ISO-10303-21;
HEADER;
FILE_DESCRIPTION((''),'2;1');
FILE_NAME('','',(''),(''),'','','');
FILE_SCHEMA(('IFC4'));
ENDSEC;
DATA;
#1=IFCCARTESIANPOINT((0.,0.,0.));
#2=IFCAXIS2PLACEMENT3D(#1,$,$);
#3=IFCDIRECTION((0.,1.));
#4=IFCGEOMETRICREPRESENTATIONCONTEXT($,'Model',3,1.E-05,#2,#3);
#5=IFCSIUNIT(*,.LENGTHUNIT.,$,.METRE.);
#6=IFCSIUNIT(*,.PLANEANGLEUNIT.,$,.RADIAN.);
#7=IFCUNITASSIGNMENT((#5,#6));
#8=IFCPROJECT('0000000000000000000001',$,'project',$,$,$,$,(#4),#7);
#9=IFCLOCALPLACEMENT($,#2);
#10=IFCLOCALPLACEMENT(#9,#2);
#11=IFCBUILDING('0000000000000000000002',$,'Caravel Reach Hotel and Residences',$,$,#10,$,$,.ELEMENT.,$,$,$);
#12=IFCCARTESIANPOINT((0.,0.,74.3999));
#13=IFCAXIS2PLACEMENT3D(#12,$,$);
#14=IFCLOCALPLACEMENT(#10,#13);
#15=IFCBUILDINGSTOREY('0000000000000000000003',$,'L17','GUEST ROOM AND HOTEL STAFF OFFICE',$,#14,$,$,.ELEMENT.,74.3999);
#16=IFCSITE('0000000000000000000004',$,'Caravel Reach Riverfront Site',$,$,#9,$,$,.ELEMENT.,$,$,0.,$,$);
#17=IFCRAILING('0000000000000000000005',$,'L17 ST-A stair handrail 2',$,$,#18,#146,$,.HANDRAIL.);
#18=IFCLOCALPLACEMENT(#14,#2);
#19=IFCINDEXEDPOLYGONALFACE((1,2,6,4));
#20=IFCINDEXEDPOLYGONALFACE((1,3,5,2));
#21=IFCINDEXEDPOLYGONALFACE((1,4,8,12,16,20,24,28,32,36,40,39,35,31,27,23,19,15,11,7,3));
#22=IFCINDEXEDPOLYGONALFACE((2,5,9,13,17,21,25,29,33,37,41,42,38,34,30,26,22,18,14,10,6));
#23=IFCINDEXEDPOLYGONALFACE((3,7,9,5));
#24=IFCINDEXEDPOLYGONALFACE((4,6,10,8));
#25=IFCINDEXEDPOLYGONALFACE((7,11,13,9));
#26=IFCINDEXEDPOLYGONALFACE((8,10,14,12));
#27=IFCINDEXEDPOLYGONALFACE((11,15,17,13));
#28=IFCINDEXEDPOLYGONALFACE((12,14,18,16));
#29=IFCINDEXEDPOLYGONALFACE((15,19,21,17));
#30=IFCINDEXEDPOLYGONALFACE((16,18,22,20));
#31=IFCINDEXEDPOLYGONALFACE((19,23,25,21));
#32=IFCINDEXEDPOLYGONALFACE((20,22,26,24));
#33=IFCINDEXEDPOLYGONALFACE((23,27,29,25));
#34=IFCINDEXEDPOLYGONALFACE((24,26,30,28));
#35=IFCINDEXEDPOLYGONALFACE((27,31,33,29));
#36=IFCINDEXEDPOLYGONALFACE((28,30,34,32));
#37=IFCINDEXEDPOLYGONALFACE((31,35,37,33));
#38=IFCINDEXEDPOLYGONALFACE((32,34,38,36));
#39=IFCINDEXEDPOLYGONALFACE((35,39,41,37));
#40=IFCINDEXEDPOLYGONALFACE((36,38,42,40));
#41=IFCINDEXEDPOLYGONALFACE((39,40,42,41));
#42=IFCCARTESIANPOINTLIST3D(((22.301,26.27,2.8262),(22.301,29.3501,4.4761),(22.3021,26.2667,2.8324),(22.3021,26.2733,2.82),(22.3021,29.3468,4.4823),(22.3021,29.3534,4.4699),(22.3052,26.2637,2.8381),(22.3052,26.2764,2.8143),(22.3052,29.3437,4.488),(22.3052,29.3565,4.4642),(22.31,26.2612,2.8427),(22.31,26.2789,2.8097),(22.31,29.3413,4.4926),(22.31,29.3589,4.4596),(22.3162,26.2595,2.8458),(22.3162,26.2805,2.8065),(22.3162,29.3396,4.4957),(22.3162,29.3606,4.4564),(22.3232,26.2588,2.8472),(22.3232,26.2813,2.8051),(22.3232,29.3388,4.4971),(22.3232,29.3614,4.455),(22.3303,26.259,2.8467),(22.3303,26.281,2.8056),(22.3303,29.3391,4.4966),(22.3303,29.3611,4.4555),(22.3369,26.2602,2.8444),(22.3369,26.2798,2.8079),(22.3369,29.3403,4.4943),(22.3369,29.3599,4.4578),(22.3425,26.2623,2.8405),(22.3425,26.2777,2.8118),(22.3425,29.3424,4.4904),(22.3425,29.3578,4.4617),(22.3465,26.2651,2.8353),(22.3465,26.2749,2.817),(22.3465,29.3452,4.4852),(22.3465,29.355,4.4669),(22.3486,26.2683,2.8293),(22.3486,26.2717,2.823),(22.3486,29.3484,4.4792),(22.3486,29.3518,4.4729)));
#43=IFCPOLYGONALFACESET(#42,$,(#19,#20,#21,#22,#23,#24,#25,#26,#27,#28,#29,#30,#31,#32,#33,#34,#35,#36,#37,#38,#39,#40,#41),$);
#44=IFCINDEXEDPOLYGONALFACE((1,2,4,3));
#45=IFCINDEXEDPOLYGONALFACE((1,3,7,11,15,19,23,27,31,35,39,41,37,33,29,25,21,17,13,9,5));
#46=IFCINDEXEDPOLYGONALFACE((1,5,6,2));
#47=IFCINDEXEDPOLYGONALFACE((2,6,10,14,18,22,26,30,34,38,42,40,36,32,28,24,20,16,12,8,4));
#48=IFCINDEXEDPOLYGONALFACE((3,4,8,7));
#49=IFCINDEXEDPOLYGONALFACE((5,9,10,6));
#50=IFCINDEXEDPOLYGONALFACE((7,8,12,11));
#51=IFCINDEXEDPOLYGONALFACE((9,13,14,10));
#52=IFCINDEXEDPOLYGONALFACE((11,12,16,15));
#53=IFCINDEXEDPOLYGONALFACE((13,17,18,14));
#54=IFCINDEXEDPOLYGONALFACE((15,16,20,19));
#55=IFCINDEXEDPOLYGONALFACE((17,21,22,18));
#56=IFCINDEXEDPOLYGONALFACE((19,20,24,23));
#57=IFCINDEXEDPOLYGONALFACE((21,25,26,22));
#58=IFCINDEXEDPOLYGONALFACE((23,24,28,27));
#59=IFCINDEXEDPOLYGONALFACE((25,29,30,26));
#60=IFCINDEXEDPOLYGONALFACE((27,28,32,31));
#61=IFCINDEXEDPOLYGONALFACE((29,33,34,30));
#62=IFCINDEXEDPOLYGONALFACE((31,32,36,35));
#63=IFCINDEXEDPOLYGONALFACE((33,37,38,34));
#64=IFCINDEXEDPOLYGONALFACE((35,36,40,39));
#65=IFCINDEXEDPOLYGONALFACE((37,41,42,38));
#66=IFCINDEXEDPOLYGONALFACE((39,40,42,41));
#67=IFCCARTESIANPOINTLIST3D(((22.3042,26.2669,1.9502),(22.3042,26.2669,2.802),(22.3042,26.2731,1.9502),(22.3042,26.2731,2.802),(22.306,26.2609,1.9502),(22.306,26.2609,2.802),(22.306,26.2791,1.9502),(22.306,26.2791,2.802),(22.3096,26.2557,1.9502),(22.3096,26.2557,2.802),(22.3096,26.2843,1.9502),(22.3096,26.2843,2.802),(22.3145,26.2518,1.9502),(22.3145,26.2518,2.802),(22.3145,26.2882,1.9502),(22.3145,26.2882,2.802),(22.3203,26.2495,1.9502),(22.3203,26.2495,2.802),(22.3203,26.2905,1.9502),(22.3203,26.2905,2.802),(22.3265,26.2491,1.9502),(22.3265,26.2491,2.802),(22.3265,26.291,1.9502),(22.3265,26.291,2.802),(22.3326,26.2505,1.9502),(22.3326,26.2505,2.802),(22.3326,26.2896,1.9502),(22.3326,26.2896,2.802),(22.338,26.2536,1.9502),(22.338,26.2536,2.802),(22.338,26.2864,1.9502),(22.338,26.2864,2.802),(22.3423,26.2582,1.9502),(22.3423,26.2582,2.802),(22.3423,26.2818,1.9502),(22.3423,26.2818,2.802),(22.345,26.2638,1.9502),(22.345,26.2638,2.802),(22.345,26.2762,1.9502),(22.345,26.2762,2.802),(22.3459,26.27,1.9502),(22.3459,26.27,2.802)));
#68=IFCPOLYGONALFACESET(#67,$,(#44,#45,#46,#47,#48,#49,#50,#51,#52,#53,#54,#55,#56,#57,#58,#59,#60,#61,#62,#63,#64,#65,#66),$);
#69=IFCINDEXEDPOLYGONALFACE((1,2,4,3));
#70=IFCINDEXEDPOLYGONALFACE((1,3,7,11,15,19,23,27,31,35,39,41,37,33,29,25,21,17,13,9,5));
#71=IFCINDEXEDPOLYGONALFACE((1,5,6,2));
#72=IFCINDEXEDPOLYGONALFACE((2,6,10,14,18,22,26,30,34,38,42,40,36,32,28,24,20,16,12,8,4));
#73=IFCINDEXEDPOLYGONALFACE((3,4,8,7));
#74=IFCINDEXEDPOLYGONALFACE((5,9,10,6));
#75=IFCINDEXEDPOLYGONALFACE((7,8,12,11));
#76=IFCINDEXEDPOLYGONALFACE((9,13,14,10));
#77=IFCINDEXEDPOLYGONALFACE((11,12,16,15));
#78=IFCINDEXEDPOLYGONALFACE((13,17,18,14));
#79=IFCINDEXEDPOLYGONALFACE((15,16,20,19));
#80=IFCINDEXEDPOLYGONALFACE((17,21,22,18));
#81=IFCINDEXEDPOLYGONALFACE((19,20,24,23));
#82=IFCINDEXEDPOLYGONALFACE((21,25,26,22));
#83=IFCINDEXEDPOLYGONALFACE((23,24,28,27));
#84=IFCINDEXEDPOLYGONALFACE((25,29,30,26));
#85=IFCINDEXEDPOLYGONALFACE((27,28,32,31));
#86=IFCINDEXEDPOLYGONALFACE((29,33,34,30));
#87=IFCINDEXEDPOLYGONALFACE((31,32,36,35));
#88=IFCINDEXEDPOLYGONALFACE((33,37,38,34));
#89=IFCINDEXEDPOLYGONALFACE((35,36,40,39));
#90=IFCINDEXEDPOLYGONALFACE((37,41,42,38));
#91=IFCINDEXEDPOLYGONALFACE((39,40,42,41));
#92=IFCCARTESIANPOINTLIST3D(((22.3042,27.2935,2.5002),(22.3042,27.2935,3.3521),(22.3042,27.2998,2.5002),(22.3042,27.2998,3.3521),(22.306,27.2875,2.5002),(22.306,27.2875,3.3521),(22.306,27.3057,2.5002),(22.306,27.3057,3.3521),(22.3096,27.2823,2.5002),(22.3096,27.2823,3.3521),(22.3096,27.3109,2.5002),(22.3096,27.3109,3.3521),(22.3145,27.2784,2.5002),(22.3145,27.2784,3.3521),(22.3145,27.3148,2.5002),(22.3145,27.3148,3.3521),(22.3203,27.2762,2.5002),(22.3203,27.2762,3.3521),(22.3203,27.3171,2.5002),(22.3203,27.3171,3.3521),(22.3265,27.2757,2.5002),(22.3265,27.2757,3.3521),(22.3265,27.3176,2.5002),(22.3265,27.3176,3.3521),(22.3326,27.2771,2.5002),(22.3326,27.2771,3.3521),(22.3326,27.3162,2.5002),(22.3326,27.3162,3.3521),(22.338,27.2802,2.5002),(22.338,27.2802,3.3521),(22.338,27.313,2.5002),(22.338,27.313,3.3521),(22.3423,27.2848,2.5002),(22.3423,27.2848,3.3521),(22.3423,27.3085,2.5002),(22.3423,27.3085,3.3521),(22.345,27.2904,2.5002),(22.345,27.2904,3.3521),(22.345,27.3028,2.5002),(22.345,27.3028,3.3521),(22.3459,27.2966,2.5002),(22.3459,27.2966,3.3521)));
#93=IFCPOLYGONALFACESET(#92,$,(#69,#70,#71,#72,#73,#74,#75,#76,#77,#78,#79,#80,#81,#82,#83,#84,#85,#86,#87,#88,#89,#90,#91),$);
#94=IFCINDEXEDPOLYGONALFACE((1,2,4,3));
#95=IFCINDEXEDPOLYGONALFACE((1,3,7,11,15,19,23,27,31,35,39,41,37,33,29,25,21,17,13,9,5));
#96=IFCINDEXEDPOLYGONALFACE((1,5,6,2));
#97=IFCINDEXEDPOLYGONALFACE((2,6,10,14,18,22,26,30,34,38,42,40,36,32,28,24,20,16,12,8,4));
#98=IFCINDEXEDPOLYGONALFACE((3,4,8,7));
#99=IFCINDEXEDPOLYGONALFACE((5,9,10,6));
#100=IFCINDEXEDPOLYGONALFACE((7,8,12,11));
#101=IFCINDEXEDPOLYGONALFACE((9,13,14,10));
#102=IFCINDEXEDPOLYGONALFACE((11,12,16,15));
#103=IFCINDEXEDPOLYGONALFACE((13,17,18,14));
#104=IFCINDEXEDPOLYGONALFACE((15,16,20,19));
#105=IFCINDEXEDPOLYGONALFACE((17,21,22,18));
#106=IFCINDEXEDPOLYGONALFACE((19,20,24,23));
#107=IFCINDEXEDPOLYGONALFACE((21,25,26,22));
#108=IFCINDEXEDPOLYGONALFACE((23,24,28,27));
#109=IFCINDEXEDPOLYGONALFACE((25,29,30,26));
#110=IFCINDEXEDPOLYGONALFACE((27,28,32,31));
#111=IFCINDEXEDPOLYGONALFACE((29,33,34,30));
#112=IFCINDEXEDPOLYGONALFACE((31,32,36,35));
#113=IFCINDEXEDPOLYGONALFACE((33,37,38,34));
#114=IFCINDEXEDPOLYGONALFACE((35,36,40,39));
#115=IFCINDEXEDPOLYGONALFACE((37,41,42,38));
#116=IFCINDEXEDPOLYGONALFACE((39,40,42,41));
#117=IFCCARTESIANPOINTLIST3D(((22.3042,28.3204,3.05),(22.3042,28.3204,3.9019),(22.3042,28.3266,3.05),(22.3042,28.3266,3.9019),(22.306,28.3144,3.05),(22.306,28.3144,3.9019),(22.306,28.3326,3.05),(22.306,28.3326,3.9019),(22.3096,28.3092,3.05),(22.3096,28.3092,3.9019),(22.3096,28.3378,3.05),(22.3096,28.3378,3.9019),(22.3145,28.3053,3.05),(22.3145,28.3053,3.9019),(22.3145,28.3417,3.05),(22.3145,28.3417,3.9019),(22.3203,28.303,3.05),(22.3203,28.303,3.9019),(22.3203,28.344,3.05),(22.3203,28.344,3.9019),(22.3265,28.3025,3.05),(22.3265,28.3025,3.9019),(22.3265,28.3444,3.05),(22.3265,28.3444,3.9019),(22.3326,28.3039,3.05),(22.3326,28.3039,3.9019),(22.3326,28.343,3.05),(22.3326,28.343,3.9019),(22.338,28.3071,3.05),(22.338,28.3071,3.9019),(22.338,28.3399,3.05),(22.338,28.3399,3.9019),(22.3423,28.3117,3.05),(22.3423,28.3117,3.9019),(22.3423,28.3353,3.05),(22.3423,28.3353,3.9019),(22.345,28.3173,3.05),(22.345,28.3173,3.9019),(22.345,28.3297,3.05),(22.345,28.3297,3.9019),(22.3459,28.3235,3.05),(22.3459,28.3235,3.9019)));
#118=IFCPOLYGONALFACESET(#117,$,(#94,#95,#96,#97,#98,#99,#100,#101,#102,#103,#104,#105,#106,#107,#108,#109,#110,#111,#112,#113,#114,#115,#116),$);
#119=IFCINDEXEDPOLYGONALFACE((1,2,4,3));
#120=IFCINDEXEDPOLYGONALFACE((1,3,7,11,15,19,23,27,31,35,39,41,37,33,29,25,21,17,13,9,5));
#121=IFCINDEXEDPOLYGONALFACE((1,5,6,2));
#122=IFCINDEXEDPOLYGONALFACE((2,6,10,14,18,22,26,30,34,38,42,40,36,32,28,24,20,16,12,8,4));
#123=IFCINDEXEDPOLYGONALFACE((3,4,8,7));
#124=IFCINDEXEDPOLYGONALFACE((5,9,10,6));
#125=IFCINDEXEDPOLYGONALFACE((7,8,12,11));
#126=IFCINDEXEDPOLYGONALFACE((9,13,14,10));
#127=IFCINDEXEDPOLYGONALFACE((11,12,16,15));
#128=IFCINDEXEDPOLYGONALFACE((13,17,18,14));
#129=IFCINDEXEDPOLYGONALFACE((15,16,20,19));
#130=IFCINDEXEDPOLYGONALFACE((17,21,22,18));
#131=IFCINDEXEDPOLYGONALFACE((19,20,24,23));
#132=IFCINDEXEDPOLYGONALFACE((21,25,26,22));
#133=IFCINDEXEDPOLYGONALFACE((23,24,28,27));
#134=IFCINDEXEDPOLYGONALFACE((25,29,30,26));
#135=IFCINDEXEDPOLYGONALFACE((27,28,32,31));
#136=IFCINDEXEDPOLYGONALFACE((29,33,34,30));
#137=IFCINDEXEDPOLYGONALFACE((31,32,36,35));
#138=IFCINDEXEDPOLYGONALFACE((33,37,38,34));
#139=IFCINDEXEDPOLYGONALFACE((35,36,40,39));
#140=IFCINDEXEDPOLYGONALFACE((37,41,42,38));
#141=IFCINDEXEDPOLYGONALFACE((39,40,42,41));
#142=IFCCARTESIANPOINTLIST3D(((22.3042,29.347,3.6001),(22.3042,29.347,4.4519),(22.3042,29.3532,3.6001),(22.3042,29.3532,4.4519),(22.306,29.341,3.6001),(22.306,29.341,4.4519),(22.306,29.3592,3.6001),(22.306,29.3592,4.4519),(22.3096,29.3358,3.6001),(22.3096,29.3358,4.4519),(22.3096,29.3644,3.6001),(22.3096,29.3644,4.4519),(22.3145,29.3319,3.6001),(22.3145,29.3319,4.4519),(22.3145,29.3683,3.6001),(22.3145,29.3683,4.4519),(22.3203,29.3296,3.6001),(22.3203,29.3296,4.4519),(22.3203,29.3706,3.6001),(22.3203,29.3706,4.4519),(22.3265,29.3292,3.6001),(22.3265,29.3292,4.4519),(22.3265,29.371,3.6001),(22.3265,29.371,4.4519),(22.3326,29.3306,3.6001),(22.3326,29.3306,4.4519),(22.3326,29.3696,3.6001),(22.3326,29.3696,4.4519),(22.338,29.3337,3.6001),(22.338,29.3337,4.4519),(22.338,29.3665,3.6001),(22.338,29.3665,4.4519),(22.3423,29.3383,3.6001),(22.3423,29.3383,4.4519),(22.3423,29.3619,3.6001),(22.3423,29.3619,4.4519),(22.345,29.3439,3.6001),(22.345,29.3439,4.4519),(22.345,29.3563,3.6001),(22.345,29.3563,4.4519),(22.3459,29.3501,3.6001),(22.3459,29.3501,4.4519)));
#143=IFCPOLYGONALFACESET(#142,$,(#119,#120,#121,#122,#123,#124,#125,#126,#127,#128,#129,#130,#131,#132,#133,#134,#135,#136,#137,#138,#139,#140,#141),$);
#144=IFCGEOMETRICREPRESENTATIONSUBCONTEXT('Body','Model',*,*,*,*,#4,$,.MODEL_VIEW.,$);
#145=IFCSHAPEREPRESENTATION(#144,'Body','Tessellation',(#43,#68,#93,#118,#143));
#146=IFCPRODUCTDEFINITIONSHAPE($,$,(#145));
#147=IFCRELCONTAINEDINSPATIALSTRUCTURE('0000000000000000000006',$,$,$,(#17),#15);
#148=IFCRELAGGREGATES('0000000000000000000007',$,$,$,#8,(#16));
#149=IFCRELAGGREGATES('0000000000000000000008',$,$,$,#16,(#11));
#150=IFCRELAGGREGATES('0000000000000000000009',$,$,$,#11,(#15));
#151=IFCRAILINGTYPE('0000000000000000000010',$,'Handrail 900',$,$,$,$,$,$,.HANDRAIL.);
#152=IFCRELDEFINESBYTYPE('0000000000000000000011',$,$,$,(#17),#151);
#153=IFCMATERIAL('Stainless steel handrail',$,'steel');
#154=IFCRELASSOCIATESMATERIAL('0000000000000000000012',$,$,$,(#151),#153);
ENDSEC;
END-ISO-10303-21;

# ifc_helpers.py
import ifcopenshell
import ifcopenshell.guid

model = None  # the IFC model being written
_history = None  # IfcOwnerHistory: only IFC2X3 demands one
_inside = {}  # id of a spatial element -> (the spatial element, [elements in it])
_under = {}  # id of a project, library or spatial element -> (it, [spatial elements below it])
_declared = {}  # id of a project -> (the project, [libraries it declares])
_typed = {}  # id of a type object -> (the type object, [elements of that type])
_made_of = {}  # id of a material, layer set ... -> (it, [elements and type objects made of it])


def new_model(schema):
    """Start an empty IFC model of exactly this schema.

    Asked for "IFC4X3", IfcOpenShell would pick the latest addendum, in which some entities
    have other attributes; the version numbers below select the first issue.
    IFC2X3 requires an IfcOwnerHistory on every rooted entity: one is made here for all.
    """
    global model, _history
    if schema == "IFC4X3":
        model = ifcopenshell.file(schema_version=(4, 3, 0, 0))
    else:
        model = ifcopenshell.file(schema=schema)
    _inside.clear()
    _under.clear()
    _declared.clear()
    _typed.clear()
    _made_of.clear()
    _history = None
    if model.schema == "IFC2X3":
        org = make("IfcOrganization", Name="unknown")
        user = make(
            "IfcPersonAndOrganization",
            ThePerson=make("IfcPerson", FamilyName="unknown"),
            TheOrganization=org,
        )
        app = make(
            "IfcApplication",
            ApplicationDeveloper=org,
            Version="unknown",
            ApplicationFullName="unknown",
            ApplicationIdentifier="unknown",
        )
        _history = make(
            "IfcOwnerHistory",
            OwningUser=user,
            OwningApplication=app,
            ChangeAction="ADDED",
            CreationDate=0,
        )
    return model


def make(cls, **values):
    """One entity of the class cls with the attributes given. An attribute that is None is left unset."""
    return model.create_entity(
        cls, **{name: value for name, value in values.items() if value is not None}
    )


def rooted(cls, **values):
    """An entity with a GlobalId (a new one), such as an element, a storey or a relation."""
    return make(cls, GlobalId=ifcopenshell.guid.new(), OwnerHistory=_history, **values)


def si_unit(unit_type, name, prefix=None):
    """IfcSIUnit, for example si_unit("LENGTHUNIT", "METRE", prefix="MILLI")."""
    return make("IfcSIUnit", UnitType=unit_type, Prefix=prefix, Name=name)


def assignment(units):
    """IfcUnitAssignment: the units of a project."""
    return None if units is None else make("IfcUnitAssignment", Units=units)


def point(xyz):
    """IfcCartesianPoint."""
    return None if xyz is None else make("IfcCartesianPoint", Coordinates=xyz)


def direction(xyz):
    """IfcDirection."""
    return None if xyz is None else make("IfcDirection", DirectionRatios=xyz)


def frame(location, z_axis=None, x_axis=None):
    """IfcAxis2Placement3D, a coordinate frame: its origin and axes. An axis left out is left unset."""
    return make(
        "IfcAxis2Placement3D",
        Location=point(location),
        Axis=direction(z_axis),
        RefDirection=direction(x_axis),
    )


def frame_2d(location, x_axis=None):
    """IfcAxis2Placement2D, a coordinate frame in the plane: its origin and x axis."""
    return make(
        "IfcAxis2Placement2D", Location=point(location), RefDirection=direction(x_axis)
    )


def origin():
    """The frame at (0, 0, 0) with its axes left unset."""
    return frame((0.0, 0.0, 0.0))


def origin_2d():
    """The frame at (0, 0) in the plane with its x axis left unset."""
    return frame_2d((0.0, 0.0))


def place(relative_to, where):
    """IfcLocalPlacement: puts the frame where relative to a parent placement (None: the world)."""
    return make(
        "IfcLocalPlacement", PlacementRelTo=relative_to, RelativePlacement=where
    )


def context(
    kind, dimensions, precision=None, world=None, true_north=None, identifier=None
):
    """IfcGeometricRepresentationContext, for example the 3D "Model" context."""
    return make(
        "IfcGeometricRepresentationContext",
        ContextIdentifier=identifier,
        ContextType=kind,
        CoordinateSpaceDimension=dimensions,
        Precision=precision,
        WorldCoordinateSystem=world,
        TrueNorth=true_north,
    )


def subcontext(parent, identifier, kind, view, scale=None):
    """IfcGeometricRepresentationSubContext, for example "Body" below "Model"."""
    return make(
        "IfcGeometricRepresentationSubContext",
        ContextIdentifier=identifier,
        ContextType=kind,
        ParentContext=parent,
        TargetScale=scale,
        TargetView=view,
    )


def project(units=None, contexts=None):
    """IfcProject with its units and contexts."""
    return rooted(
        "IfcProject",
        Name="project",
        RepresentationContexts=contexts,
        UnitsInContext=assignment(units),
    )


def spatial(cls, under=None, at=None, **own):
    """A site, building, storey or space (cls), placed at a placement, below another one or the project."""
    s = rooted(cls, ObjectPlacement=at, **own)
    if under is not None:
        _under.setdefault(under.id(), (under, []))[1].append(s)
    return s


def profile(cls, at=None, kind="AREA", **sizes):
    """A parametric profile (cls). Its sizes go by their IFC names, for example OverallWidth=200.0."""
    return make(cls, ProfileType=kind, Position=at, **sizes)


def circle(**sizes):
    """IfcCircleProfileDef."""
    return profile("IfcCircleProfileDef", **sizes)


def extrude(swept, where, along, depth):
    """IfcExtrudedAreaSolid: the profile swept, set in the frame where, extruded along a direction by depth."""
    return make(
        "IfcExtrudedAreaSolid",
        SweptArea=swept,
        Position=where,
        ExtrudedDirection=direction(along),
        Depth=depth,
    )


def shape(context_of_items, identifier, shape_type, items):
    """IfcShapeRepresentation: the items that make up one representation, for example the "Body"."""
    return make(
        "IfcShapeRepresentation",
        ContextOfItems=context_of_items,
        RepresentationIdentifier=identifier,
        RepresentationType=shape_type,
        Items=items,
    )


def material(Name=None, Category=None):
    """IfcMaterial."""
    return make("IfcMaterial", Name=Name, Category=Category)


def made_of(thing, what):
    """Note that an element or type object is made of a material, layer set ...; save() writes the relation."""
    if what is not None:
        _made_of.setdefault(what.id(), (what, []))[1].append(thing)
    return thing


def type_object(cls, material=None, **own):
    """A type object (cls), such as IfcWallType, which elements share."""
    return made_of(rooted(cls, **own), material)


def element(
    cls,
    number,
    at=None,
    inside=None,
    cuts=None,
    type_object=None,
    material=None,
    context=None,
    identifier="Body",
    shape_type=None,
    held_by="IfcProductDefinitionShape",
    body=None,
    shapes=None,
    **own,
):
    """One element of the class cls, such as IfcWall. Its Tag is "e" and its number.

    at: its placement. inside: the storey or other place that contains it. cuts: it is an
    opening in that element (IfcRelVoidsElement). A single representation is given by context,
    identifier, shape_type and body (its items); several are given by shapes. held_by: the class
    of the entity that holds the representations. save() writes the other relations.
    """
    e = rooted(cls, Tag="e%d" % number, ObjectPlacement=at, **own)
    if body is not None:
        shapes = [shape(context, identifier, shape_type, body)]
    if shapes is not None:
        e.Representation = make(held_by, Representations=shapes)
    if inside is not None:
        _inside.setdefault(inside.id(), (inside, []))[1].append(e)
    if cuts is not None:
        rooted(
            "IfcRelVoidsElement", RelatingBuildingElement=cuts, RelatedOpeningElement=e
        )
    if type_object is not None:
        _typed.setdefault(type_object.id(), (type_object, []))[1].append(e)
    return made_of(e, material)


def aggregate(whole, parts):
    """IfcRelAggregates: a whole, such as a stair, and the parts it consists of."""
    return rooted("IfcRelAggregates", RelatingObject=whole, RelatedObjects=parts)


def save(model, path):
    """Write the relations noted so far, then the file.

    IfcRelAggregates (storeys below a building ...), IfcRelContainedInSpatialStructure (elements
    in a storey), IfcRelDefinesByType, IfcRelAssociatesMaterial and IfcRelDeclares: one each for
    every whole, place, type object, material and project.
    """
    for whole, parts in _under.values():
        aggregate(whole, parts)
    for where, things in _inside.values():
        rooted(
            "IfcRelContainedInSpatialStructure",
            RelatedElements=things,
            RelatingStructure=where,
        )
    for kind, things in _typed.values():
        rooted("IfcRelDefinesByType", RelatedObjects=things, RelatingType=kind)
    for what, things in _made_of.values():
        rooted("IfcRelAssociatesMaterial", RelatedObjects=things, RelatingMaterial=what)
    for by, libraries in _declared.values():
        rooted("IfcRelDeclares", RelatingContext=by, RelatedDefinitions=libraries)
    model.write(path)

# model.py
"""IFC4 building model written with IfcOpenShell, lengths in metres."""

from ifc_helpers import new_model, si_unit, direction, frame, origin, origin_2d, place, context, subcontext, project, spatial, circle, extrude, material, type_object, element, save


model = new_model("IFC4")

# Units and contexts
model_context = context("Model", 3, precision=1e-05, world=origin(), true_north=direction((0.0, 1.0)))
body_context = subcontext(model_context, "Body", "Model", "MODEL_VIEW")
ifc_project = project(units=[si_unit("LENGTHUNIT", "METRE"), si_unit("PLANEANGLEUNIT", "RADIAN")], contexts=[model_context])

# Site, building, storey
site_placement = place(None, origin())
site = spatial("IfcSite", under=ifc_project, at=site_placement, Name="Caravel Reach Riverfront Site", CompositionType="ELEMENT", RefElevation=0.0)
building_placement = place(site_placement, origin())
building = spatial("IfcBuilding", under=site, at=building_placement, Name="Caravel Reach Hotel and Residences", CompositionType="ELEMENT")
storey_placement = place(building_placement, frame((0.0, 0.0, 74.3999)))
storey = spatial("IfcBuildingStorey", under=building, at=storey_placement, Name="L17", Description="GUEST ROOM AND HOTEL STAFF OFFICE", CompositionType="ELEMENT", Elevation=74.3999)

# Railing
ifc_material_1 = material(Name="Stainless steel handrail", Category="steel")
railing_type_1 = type_object("IfcRailingType", Name="Handrail 900", PredefinedType="HANDRAIL", material=ifc_material_1)
railing_1_placement = place(storey_placement, frame((22.325, 26.27, 1.9502)))
element("IfcRailing", 1, at=railing_1_placement, inside=storey, type_object=railing_type_1, Name="L17 ST-A stair handrail 2", PredefinedType="HANDRAIL", context=body_context, shape_type="SweptSolid", body=[
    extrude(circle(Radius=0.0239, at=origin_2d()), frame((0.0, 0.0, 0.876), z_axis=(0.0, 0.881497, 0.47219), x_axis=(-1.0, 0.0, 0.0)), (0.0, 0.0, 1.0), 3.4941),
    extrude(circle(Radius=0.021, at=origin_2d()), origin(), (0.0, 0.0, 1.0), 0.8518),
    extrude(circle(Radius=0.021, at=origin_2d()), frame((0.0, 1.0266, 0.55)), (0.0, 0.0, 1.0), 0.8518),
    extrude(circle(Radius=0.021, at=origin_2d()), frame((0.0, 2.0535, 1.0999)), (0.0, 0.0, 1.0), 0.8518),
    extrude(circle(Radius=0.021, at=origin_2d()), frame((0.0, 3.0801, 1.6499)), (0.0, 0.0, 1.0), 0.8518),
])

save(model, "model.ifc")
